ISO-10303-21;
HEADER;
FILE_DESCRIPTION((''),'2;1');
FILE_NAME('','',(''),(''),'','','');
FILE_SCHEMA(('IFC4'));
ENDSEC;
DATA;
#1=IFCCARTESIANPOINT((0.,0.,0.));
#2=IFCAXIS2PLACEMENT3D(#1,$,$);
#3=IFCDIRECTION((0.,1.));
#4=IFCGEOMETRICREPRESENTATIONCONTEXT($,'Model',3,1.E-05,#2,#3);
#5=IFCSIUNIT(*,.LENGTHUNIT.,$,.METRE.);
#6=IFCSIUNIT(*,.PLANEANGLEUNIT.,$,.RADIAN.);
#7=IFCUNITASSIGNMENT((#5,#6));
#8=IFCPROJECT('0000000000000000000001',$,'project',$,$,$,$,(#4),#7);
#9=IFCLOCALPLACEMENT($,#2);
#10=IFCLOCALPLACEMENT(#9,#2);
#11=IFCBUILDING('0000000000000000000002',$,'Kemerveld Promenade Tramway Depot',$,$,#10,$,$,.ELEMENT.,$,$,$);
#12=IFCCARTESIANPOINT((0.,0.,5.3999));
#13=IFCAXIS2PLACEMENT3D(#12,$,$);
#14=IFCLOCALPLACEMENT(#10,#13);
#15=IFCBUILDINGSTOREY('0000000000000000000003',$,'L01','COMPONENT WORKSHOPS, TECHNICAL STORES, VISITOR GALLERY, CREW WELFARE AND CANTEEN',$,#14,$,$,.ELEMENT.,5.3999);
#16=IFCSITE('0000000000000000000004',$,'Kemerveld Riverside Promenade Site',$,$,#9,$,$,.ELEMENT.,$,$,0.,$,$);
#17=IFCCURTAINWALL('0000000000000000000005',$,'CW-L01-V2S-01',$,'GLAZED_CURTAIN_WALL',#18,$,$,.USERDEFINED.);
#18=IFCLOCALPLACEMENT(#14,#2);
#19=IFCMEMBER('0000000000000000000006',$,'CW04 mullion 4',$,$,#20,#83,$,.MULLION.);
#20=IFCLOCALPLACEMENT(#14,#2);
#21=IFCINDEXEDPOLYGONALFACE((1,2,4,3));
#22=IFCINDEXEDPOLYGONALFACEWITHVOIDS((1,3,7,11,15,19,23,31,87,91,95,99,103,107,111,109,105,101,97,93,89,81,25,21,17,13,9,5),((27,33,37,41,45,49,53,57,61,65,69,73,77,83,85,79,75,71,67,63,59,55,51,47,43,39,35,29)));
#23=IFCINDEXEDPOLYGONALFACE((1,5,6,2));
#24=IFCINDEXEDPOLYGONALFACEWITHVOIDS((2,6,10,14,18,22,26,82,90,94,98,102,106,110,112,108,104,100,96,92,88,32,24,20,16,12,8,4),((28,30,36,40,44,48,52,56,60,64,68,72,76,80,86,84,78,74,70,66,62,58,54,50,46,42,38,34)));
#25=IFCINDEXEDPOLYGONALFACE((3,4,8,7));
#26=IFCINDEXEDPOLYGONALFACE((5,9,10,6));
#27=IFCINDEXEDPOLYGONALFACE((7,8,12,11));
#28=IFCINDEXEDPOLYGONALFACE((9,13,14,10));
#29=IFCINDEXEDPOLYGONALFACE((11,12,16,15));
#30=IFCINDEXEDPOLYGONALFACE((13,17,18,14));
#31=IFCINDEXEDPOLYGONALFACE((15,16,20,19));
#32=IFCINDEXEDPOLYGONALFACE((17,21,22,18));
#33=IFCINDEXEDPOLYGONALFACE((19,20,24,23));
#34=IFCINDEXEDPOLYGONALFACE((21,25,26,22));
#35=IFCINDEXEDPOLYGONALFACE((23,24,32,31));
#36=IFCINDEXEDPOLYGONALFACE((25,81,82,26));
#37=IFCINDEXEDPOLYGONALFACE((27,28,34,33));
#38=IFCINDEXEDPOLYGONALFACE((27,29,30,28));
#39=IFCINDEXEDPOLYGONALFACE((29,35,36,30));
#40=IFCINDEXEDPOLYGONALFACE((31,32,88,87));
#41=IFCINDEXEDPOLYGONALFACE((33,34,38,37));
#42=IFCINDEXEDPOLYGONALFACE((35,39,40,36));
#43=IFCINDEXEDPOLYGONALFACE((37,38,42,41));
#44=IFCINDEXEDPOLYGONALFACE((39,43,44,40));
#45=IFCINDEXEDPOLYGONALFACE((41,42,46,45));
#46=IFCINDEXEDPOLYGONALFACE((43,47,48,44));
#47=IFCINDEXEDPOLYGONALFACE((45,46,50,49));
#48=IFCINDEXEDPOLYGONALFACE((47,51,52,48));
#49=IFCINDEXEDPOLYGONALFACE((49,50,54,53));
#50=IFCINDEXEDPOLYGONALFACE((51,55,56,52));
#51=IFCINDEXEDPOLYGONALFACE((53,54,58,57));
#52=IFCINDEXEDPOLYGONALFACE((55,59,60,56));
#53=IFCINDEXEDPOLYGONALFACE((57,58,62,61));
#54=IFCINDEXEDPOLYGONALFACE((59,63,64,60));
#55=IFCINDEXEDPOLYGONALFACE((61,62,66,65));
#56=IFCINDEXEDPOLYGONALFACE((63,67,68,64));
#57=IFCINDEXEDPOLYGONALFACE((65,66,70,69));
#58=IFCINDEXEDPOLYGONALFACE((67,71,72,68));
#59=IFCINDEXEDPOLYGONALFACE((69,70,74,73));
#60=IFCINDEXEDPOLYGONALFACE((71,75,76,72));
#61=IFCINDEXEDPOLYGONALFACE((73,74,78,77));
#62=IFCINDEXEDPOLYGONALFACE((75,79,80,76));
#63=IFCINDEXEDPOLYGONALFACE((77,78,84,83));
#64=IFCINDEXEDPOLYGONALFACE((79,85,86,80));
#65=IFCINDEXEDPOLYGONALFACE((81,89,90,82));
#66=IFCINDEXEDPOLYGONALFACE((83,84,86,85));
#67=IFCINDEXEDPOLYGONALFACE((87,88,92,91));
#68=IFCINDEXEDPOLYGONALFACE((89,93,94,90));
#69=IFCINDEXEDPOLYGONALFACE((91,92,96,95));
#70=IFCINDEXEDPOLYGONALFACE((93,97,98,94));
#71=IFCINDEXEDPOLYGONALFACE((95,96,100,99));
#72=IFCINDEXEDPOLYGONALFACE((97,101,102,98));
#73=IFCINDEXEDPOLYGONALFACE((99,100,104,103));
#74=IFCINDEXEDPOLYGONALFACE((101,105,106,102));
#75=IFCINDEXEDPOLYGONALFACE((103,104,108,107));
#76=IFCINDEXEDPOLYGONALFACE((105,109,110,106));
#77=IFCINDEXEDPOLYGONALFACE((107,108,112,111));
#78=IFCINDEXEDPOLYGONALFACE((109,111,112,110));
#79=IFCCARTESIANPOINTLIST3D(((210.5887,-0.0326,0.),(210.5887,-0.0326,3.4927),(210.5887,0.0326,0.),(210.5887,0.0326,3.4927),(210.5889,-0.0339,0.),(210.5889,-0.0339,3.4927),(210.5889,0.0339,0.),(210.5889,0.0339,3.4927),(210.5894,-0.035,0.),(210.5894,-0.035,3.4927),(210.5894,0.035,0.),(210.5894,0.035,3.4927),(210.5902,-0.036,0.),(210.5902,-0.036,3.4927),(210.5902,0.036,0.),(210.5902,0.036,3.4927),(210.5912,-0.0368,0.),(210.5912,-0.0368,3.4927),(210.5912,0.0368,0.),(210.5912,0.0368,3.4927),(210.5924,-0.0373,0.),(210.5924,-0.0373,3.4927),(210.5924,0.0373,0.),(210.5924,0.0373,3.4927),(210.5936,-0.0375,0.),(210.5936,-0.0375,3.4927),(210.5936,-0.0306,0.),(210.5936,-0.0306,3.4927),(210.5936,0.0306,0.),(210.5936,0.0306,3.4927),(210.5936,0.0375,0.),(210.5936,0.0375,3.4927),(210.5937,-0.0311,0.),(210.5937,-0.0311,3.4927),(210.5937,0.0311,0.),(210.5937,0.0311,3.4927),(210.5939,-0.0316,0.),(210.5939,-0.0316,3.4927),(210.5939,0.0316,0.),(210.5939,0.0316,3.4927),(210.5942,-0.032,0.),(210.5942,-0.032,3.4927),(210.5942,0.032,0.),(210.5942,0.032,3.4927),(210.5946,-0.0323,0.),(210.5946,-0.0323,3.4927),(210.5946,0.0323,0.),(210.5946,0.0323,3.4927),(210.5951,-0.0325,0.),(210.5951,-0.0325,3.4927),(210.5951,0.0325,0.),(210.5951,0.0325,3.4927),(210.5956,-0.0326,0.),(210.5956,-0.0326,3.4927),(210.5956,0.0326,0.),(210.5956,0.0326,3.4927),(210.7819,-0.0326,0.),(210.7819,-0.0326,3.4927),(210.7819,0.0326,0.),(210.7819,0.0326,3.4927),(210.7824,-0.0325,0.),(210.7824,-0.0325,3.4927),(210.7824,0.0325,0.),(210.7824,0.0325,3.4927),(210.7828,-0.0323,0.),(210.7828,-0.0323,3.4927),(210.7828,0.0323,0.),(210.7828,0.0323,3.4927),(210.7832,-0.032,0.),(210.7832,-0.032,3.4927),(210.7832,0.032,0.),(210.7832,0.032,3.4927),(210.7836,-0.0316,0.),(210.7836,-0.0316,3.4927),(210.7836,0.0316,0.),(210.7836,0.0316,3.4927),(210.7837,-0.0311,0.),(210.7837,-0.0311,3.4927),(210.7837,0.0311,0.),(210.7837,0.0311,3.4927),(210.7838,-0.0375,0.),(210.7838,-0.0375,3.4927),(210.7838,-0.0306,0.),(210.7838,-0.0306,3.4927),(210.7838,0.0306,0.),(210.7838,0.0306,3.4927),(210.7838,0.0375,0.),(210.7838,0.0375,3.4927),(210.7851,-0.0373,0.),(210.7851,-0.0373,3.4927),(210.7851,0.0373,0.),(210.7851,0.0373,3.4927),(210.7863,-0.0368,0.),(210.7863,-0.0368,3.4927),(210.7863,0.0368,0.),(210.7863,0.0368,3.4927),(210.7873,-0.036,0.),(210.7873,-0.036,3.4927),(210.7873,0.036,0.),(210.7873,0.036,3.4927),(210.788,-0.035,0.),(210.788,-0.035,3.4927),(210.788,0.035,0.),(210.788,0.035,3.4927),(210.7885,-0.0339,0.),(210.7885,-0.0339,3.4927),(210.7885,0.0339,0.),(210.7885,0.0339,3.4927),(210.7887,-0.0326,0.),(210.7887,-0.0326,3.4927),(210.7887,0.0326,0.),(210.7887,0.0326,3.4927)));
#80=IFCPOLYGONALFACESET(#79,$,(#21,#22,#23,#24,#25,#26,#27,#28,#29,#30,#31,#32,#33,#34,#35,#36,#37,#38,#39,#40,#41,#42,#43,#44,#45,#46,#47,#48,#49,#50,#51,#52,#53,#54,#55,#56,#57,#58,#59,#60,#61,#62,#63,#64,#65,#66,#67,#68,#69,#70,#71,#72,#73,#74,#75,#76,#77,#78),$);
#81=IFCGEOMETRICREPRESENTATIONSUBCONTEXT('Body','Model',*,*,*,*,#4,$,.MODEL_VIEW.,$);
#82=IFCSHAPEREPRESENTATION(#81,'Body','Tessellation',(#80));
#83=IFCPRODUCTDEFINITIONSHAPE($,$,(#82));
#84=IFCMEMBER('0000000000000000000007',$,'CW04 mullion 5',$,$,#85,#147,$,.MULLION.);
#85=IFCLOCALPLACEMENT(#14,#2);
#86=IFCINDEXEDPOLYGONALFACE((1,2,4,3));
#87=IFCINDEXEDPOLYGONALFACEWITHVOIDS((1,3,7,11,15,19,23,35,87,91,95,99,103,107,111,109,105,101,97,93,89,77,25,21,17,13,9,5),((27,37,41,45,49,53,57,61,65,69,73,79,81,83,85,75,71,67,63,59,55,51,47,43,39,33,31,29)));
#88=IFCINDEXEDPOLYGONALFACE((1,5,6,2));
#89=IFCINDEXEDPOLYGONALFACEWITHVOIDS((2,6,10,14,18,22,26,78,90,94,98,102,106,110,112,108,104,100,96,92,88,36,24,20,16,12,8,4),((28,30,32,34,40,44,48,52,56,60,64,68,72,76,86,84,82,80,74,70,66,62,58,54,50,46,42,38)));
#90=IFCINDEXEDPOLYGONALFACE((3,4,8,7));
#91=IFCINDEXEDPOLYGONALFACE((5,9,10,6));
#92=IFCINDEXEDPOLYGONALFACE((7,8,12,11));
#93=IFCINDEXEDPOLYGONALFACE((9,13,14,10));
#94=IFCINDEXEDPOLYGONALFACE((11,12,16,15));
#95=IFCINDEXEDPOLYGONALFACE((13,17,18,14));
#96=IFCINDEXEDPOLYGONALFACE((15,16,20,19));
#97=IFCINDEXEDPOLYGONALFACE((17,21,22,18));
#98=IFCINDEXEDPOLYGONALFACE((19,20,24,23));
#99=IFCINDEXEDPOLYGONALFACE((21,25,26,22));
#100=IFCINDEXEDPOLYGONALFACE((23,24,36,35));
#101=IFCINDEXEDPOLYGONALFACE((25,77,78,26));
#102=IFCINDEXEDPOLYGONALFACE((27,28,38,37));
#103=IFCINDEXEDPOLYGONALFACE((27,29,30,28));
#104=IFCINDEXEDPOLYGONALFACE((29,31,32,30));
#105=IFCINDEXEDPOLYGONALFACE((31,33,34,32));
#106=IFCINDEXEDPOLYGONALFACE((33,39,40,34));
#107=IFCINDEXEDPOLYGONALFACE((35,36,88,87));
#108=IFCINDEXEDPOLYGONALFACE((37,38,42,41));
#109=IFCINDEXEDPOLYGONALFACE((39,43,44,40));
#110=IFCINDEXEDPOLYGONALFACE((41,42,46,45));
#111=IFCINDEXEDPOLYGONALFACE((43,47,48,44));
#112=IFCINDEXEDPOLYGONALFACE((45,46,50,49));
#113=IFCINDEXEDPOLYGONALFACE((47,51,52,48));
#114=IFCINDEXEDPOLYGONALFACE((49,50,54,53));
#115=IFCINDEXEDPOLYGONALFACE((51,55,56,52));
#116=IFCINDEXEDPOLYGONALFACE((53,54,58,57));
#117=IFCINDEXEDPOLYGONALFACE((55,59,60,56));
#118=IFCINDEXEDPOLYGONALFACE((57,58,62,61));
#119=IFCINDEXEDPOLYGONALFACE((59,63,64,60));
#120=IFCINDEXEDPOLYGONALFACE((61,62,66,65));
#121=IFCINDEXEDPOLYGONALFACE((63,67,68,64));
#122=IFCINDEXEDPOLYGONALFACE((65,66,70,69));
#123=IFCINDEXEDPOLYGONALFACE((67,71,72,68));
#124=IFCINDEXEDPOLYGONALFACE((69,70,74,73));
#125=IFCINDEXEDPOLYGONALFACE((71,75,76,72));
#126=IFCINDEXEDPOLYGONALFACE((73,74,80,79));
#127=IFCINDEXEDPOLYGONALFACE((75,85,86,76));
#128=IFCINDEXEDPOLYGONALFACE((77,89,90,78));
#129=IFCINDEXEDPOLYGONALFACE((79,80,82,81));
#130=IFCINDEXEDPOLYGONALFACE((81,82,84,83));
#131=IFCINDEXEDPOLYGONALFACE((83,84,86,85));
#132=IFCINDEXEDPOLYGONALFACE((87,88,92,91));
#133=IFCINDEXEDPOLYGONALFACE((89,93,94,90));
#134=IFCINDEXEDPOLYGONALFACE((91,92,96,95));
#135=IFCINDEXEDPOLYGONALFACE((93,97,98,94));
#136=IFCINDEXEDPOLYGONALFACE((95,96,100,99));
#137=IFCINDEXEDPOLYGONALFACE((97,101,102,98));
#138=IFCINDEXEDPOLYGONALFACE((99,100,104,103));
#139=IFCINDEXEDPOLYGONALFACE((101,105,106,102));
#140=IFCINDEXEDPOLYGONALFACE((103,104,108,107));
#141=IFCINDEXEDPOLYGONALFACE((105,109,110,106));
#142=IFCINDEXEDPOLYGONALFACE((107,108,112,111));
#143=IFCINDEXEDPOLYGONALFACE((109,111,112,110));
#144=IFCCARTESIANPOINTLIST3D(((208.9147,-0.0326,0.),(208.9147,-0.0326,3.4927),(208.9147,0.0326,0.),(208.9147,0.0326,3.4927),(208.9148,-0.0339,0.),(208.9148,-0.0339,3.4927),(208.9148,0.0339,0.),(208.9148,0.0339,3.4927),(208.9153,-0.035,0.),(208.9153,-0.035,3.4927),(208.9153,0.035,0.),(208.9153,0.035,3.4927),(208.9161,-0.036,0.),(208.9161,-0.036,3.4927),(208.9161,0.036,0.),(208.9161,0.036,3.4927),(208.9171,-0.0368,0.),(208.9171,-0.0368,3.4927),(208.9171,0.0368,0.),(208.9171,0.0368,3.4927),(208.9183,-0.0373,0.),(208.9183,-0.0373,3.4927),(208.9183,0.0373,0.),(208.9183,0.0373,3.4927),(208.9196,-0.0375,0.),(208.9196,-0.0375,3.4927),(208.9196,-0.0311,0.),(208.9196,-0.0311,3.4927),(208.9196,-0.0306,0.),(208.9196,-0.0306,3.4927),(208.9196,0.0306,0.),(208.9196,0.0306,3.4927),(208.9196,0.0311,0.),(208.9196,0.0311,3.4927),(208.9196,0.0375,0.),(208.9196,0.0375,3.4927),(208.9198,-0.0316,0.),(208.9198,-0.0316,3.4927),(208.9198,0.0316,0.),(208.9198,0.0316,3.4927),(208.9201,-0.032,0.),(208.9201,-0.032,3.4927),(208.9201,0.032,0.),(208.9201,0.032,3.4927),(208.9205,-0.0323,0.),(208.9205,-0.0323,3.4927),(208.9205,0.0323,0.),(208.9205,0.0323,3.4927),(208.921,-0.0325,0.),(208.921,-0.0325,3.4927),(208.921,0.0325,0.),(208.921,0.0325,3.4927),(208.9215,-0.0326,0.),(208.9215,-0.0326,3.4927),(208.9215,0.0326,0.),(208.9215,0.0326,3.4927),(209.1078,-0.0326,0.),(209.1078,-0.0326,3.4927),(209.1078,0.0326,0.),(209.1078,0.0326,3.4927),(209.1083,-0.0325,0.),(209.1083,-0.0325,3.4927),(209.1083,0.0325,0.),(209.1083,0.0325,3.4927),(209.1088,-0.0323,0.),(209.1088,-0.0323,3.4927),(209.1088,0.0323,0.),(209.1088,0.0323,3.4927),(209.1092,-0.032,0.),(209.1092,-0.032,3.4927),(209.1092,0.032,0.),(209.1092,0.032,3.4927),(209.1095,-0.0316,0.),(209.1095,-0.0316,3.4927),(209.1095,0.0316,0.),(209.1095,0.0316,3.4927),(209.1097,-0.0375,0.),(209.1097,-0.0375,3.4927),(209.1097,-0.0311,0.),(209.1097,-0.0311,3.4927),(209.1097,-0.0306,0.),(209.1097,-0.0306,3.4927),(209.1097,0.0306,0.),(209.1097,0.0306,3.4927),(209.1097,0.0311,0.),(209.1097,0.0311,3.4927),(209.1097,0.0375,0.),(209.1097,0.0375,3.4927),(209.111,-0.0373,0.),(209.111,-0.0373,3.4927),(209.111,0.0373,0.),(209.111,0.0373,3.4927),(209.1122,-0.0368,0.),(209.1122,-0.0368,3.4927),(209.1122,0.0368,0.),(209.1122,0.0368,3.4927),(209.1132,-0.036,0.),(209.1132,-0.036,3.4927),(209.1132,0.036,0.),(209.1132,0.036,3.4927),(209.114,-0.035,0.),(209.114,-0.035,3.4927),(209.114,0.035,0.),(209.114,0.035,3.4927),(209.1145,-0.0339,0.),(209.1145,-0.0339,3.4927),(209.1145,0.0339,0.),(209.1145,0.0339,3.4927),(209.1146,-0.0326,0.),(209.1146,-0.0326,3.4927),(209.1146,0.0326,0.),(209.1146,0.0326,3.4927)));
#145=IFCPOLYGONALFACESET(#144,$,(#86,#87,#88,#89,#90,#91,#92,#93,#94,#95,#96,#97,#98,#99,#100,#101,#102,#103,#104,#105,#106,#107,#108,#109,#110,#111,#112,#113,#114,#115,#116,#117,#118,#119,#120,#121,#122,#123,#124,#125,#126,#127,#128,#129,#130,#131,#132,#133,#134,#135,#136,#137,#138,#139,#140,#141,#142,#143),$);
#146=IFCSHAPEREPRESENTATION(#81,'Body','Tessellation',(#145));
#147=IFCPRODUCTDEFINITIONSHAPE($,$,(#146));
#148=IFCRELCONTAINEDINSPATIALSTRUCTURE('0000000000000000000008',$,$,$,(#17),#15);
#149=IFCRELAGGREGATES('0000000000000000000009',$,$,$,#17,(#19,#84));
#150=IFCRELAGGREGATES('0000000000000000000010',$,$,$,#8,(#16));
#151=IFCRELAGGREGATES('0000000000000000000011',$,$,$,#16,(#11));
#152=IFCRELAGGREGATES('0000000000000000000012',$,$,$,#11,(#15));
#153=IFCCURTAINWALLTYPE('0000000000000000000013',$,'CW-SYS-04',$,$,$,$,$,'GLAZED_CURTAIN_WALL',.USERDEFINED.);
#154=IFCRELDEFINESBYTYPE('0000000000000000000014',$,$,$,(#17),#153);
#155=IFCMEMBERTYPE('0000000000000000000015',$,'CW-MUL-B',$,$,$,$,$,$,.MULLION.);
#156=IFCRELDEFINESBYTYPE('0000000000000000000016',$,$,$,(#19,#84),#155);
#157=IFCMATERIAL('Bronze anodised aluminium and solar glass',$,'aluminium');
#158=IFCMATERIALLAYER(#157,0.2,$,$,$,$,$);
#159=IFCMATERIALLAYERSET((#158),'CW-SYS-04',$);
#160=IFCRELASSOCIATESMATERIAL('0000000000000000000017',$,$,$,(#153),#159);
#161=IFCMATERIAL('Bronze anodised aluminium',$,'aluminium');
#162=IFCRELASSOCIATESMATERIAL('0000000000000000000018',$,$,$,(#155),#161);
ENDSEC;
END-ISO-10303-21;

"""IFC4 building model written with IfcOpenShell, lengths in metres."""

from ifc_helpers import new_model, si_unit, direction, frame, origin, origin_2d, place, context, subcontext, project, spatial, hollow_rectangle, extrude, material, layer, layer_set, material_profile, profile_set, type_object, element, aggregate, save


model = new_model("IFC4")

# Units and contexts
model_context = context("Model", 3, precision=1e-05, world=origin(), true_north=direction((0.0, 1.0)))
body_context = subcontext(model_context, "Body", "Model", "MODEL_VIEW")
ifc_project = project(units=[si_unit("LENGTHUNIT", "METRE"), si_unit("PLANEANGLEUNIT", "RADIAN")], contexts=[model_context])

# Site, building, storey
site_placement = place(None, origin())
site = spatial("IfcSite", under=ifc_project, at=site_placement, Name="Kemerveld Riverside Promenade Site", CompositionType="ELEMENT", RefElevation=0.0)
building_placement = place(site_placement, origin())
building = spatial("IfcBuilding", under=site, at=building_placement, Name="Kemerveld Promenade Tramway Depot", CompositionType="ELEMENT")
storey_placement = place(building_placement, frame((0.0, 0.0, 5.3999)))
storey = spatial("IfcBuildingStorey", under=building, at=storey_placement, Name="L01", Description="COMPONENT WORKSHOPS, TECHNICAL STORES, VISITOR GALLERY, CREW WELFARE AND CANTEEN", CompositionType="ELEMENT", Elevation=5.3999)

# Curtain wall, members
ifc_material_1 = material(Name="Bronze anodised aluminium and solar glass", Category="aluminium")
ifc_layer_1 = layer(ifc_material_1, 0.2)
ifc_layer_set_1 = layer_set([ifc_layer_1], Name="CW-SYS-04")
curtain_wall_type = type_object("IfcCurtainWallType", Name="CW-SYS-04", ElementType="GLAZED_CURTAIN_WALL", PredefinedType="USERDEFINED", material=ifc_layer_set_1)
curtain_wall_placement = place(storey_placement, origin())
curtain_wall = element("IfcCurtainWall", 1, at=curtain_wall_placement, inside=storey, type_object=curtain_wall_type, Name="CW-L01-V2S-01", ObjectType="GLAZED_CURTAIN_WALL", PredefinedType="USERDEFINED")
ifc_material_2 = material(Name="Bronze anodised aluminium", Category="aluminium")
ifc_material_profile_1 = material_profile(ifc_material_2, hollow_rectangle(XDim=0.075, YDim=0.2, WallThickness=0.0049, InnerFilletRadius=0.002, OuterFilletRadius=0.0049, at=origin_2d()), Name="CW-MUL-200x75")
ifc_profile_set_1 = profile_set([ifc_material_profile_1], Name="Bronze anodised aluminium")
member_type_1 = type_object("IfcMemberType", Name="CW-MUL-B", PredefinedType="MULLION", material=ifc_profile_set_1)
member_1_placement = place(storey_placement, frame((210.6887, 0.0, 0.0), z_axis=(0.0, 0.0, 1.0), x_axis=(0.0, -1.0, 0.0)))
member_1 = element("IfcMember", 2, at=member_1_placement, type_object=member_type_1, Name="CW04 mullion 4", PredefinedType="MULLION", context=body_context, shape_type="SweptSolid", body=[
    extrude(hollow_rectangle(XDim=0.075, YDim=0.2, WallThickness=0.0049, InnerFilletRadius=0.002, OuterFilletRadius=0.0049, at=origin_2d()), origin(), (0.0, 0.0, 1.0), 3.4927),
])
member_2_placement = place(storey_placement, frame((209.0146, 0.0, 0.0), z_axis=(0.0, 0.0, 1.0), x_axis=(0.0, -1.0, 0.0)))
member_2 = element("IfcMember", 3, at=member_2_placement, type_object=member_type_1, Name="CW04 mullion 5", PredefinedType="MULLION", context=body_context, shape_type="SweptSolid", body=[
    extrude(hollow_rectangle(XDim=0.075, YDim=0.2, WallThickness=0.0049, InnerFilletRadius=0.002, OuterFilletRadius=0.0049, at=origin_2d()), origin(), (0.0, 0.0, 1.0), 3.4927),
])
aggregate(curtain_wall, [member_1, member_2])

save(model, "model.ifc")
